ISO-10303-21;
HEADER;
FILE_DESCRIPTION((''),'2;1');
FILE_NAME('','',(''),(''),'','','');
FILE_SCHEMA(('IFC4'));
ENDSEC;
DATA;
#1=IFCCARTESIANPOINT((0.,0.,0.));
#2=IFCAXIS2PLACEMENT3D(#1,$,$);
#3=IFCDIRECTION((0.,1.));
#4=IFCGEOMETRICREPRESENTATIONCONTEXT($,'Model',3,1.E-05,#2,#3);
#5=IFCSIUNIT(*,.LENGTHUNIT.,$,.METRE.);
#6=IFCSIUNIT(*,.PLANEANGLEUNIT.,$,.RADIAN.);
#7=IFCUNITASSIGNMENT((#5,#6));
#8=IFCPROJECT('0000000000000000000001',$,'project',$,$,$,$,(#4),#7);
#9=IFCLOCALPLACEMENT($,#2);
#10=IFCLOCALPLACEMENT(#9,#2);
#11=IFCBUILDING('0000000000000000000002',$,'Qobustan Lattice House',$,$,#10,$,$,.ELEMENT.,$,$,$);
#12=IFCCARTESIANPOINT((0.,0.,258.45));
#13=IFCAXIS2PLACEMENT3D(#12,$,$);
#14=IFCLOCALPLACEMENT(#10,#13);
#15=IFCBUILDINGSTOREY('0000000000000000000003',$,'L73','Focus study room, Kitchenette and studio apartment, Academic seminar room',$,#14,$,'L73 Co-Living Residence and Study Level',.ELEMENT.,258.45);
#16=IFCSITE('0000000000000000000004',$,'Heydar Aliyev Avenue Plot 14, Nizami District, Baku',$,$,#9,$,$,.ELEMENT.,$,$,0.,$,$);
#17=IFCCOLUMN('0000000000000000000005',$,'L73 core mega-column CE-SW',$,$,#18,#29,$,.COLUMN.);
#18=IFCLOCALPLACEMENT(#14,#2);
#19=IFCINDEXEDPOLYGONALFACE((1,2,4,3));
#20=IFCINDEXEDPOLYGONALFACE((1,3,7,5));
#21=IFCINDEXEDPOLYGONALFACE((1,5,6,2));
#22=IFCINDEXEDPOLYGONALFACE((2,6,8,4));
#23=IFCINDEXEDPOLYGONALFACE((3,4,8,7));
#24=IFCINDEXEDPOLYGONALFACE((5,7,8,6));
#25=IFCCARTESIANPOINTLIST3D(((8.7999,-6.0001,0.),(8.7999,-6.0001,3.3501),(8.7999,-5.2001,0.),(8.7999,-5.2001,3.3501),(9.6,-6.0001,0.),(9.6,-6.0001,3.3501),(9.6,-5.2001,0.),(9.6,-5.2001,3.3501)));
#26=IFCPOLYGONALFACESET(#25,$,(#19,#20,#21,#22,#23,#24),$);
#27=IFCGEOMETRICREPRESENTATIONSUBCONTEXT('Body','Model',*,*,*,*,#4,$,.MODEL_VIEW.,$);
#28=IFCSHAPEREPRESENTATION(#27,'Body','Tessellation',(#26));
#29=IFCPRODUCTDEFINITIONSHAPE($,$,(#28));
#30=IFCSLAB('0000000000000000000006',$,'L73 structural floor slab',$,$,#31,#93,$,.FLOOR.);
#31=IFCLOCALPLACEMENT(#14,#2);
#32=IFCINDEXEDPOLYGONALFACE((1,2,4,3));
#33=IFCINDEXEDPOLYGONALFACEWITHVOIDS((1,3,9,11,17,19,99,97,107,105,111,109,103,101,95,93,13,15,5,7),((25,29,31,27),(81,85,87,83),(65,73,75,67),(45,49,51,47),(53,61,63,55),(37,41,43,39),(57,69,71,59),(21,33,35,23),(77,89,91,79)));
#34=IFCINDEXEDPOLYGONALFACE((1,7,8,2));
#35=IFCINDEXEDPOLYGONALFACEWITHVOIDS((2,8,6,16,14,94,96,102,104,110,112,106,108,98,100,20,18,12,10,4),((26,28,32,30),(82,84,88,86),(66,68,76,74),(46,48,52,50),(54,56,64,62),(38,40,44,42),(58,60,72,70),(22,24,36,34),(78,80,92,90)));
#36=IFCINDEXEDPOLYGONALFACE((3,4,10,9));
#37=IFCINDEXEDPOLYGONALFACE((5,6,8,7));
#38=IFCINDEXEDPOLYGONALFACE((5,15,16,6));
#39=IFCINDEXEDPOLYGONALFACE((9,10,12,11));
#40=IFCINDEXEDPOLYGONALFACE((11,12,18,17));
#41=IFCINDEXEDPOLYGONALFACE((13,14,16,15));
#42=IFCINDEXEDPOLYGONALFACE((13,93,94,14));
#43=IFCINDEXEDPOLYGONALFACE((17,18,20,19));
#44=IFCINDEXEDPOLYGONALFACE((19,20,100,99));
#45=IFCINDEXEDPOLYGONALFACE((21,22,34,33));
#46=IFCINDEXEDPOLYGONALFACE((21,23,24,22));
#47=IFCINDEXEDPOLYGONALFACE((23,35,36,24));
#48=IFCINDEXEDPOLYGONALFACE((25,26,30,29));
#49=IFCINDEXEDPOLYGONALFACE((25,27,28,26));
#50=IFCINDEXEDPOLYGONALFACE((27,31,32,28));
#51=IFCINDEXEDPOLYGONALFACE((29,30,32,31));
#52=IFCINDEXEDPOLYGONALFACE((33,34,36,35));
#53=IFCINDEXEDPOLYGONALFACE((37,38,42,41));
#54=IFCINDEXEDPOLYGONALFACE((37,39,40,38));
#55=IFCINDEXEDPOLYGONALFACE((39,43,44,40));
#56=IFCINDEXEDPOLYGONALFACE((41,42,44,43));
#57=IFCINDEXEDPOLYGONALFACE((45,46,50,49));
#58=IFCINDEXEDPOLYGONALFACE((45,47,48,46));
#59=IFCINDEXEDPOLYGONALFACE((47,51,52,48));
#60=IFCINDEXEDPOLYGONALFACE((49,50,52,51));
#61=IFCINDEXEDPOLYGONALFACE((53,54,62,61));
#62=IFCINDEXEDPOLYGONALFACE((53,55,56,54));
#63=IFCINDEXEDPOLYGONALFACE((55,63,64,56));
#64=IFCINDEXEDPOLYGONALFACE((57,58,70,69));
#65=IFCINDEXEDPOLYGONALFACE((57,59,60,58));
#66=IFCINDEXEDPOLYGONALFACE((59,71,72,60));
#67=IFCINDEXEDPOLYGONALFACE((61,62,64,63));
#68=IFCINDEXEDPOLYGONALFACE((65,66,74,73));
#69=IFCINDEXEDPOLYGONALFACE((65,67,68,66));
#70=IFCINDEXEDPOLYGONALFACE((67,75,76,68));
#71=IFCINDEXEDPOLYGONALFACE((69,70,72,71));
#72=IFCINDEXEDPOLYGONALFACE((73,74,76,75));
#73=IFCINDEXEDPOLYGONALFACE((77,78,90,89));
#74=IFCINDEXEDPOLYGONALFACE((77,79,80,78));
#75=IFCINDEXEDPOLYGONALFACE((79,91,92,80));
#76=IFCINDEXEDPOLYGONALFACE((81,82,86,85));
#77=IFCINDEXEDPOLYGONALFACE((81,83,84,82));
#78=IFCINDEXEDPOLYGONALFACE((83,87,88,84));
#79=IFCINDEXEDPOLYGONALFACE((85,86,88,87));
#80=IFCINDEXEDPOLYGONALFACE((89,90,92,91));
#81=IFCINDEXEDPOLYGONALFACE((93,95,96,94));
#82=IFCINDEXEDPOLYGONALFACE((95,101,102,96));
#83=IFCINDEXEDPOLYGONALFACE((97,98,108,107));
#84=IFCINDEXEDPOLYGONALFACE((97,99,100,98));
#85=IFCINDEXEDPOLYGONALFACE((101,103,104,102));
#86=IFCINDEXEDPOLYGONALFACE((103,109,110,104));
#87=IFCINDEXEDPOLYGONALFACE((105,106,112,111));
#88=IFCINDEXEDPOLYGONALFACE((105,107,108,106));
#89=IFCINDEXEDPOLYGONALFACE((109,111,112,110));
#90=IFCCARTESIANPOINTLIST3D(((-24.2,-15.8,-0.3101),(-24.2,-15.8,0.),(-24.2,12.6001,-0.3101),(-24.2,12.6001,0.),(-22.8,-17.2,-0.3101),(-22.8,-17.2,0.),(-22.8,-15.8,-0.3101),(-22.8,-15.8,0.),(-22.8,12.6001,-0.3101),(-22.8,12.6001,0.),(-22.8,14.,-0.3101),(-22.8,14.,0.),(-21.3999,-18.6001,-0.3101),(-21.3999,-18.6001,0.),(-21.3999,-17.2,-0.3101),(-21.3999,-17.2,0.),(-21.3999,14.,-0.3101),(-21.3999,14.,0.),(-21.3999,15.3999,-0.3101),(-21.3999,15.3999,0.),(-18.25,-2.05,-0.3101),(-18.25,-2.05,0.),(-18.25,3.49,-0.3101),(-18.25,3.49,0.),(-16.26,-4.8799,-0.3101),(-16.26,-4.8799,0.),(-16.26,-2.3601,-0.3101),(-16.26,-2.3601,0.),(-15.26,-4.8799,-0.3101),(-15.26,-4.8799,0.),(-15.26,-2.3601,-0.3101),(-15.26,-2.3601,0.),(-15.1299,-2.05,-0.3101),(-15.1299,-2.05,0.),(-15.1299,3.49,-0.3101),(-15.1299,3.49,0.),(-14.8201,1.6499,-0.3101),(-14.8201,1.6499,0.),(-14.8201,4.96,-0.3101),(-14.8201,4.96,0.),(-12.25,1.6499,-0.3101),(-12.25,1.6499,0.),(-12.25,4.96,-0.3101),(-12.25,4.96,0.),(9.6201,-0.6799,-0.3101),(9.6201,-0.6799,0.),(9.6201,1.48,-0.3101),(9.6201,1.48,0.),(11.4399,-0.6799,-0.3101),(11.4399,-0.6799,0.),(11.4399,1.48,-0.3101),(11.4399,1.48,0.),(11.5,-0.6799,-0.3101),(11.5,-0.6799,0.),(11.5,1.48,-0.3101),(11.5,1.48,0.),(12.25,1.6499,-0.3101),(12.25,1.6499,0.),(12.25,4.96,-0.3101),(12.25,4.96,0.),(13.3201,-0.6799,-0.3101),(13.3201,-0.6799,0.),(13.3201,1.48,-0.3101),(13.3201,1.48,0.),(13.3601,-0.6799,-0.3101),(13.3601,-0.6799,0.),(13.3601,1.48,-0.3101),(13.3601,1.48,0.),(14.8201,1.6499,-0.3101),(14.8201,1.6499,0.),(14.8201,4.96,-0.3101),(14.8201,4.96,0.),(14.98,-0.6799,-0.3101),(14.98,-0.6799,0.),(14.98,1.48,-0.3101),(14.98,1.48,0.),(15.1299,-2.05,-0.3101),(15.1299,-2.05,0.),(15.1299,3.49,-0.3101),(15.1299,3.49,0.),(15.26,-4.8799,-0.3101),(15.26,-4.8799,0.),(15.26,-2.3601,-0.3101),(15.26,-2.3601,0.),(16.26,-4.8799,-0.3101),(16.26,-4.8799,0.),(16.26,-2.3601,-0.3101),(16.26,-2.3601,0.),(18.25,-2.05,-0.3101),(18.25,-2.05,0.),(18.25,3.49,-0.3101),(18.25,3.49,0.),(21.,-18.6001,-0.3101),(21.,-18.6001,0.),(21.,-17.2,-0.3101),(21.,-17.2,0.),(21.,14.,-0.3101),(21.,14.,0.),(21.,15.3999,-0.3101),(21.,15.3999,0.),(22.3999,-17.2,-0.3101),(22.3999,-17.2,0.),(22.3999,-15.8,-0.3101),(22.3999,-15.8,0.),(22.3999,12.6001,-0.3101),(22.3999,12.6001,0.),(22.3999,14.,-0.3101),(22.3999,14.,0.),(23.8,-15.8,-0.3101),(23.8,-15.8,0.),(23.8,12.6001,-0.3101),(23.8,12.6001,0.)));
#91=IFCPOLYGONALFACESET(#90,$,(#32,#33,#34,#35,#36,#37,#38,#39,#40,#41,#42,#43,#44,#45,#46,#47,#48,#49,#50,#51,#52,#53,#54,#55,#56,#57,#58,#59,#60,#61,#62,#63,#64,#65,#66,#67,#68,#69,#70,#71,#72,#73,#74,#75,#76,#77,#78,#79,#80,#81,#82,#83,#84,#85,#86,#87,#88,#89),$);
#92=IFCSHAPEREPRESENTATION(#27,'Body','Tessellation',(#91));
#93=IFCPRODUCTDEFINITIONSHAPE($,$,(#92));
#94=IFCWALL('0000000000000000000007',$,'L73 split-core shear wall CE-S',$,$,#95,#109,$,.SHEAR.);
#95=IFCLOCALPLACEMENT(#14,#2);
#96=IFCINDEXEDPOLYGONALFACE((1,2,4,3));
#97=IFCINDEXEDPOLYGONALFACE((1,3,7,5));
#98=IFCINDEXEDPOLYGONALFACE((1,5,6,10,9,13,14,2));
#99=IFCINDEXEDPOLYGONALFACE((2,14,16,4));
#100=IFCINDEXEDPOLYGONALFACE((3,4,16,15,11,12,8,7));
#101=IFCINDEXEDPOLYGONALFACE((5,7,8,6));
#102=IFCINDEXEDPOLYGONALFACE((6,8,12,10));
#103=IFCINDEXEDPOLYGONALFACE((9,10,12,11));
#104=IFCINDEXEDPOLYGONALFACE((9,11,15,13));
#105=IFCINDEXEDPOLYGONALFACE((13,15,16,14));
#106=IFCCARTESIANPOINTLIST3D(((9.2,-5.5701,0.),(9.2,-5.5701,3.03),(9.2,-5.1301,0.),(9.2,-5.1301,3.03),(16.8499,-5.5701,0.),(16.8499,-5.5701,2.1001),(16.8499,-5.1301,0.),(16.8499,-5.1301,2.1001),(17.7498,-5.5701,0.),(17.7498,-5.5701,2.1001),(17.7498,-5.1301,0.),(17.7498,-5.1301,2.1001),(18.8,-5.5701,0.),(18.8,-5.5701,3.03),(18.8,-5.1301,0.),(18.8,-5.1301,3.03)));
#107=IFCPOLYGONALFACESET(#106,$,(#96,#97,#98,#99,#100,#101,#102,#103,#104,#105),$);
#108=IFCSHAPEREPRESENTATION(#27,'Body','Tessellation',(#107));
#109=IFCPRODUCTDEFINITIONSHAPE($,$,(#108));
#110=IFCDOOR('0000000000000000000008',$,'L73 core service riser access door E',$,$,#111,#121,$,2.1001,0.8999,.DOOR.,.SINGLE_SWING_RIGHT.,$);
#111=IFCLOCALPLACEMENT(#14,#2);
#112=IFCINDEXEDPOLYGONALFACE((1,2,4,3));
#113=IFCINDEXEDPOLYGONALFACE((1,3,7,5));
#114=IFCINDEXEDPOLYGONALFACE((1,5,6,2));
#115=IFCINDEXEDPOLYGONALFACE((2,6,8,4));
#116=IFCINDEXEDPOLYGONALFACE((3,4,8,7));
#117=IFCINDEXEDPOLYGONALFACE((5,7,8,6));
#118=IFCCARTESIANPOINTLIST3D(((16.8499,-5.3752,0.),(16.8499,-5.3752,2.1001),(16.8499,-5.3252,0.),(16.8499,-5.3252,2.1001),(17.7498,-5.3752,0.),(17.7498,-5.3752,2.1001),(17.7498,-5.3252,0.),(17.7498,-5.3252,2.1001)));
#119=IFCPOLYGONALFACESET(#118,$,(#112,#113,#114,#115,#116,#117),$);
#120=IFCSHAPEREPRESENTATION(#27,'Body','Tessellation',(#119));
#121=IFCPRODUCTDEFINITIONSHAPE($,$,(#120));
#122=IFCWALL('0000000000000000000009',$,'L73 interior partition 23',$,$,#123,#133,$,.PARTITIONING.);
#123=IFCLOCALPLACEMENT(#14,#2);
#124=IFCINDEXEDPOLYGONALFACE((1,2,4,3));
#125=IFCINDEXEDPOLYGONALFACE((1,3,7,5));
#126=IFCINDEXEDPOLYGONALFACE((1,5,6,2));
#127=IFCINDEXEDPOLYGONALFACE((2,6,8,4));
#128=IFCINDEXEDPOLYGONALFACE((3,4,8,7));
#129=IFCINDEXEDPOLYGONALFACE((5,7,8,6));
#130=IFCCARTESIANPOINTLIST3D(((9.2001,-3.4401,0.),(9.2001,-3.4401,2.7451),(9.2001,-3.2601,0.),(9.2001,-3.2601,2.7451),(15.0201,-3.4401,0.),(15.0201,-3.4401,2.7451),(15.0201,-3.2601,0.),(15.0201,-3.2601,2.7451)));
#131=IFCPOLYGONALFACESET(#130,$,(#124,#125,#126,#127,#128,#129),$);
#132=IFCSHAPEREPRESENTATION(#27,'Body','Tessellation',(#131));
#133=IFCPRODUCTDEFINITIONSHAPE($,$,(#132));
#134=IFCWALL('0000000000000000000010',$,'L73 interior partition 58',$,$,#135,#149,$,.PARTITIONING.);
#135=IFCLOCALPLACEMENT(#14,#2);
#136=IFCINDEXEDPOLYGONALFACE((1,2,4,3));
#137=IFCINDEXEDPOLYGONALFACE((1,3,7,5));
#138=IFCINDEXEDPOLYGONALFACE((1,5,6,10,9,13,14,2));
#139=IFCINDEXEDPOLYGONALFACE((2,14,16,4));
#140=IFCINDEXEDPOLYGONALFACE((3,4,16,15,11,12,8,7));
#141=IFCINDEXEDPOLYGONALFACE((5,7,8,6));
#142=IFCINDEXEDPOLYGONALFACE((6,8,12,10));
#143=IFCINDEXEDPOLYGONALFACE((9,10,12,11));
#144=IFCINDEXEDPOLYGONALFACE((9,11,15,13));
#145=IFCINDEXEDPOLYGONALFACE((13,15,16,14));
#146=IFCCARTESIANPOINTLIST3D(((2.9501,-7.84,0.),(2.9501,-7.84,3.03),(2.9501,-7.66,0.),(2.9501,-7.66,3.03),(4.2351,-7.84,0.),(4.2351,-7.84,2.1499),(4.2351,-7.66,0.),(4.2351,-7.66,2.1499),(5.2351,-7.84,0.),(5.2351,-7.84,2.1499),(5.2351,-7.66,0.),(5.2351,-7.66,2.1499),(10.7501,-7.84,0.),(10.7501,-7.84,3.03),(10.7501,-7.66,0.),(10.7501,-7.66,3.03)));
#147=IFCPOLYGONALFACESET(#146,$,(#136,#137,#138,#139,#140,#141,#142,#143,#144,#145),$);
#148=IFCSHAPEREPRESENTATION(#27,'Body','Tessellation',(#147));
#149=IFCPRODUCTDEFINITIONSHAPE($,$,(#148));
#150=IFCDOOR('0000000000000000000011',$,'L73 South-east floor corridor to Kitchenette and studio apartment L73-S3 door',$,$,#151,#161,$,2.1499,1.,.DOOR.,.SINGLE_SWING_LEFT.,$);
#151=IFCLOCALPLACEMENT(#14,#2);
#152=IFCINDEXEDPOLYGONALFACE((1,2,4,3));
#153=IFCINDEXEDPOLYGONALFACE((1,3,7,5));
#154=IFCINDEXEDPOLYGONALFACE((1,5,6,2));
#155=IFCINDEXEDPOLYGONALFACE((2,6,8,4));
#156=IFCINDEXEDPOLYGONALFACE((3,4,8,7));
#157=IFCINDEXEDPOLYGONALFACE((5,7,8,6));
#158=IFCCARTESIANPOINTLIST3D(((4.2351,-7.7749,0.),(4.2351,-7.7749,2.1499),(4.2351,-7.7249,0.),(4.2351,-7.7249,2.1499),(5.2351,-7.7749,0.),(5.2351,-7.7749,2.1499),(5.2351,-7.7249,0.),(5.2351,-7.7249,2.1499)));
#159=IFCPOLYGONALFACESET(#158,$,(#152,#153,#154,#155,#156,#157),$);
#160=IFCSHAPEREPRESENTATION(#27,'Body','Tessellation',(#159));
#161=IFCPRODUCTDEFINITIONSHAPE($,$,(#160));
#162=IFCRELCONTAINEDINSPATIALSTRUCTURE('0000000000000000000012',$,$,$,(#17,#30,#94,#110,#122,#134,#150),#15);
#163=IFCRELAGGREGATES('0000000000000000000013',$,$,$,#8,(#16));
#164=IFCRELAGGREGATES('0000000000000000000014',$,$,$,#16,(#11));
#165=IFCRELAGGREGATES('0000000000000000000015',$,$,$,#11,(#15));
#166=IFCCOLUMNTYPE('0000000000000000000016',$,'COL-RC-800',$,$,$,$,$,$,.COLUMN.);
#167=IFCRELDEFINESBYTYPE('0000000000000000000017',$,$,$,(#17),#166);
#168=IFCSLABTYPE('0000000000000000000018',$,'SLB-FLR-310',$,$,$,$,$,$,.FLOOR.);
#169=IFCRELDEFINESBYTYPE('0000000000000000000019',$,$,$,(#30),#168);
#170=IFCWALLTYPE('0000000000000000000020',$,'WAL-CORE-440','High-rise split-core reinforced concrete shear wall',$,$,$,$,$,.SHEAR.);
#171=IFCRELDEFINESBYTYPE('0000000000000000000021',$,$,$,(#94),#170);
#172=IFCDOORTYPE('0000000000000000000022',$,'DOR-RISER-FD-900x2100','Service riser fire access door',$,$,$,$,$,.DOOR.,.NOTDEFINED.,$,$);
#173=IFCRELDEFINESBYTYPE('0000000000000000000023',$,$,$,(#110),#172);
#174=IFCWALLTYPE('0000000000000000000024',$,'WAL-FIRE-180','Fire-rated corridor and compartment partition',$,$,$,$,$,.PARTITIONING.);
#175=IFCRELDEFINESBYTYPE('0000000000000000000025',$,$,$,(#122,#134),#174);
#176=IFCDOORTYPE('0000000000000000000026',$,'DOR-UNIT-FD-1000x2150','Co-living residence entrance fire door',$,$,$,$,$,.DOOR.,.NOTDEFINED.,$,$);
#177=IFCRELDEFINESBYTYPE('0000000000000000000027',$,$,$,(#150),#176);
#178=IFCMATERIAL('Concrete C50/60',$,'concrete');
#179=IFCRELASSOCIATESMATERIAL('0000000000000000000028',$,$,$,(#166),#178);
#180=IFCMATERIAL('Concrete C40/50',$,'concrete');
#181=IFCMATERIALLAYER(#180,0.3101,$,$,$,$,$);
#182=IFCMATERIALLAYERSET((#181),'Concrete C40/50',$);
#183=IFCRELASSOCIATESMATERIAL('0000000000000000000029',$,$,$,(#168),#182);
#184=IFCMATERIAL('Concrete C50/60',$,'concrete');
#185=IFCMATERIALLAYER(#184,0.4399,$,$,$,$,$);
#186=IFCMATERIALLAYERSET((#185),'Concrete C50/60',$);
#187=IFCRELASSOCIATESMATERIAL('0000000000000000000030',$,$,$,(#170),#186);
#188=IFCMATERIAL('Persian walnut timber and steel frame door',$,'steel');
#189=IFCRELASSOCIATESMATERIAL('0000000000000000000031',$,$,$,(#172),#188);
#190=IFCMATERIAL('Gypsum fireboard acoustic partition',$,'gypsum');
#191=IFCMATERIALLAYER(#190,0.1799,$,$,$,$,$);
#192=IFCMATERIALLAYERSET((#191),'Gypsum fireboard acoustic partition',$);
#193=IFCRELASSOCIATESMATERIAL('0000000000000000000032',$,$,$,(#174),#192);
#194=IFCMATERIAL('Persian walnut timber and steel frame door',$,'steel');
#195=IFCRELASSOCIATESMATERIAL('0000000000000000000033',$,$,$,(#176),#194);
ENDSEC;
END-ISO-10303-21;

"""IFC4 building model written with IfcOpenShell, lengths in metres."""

from ifc_helpers import new_model, si_unit, direction, frame, frame_2d, origin, origin_2d, place, context, subcontext, project, spatial, polyline, rectangle, outline, extrude, material, layer, layer_set, material_profile, profile_set, type_object, element, fill, save


model = new_model("IFC4")

# Units and contexts
model_context = context("Model", 3, precision=1e-05, world=origin(), true_north=direction((0.0, 1.0)))
body_context = subcontext(model_context, "Body", "Model", "MODEL_VIEW")
ifc_project = project(units=[si_unit("LENGTHUNIT", "METRE"), si_unit("PLANEANGLEUNIT", "RADIAN")], contexts=[model_context])

# Site, building, storey
site_placement = place(None, origin())
site = spatial("IfcSite", under=ifc_project, at=site_placement, Name="Heydar Aliyev Avenue Plot 14, Nizami District, Baku", CompositionType="ELEMENT", RefElevation=0.0)
building_placement = place(site_placement, origin())
building = spatial("IfcBuilding", under=site, at=building_placement, Name="Qobustan Lattice House", CompositionType="ELEMENT")
storey_placement = place(building_placement, frame((0.0, 0.0, 258.45)))
storey = spatial("IfcBuildingStorey", under=building, at=storey_placement, Name="L73", Description="Focus study room, Kitchenette and studio apartment, Academic seminar room", LongName="L73 Co-Living Residence and Study Level", CompositionType="ELEMENT", Elevation=258.45)

# Column
ifc_material_1 = material(Name="Concrete C50/60", Category="concrete")
ifc_material_profile = material_profile(ifc_material_1, rectangle(XDim=0.8, YDim=0.8, at=origin_2d()), Name="RC800x800")
ifc_profile_set = profile_set([ifc_material_profile], Name="Concrete C50/60")
column_type = type_object("IfcColumnType", Name="COL-RC-800", PredefinedType="COLUMN", material=ifc_profile_set)
column_placement = place(storey_placement, frame((9.2, -5.6001, 0.0), z_axis=(0.0, 0.0, 1.0), x_axis=(1.0, 0.0, 0.0)))
element("IfcColumn", 1, at=column_placement, inside=storey, type_object=column_type, Name="L73 core mega-column CE-SW", PredefinedType="COLUMN", context=body_context, shape_type="SweptSolid", body=[
    extrude(rectangle(XDim=0.8, YDim=0.8, at=origin_2d()), origin(), (0.0, 0.0, 1.0), 3.3501),
])

# Slab
ifc_material_2 = material(Name="Concrete C40/50", Category="concrete")
ifc_layer_1 = layer(ifc_material_2, 0.3101)
ifc_layer_set_1 = layer_set([ifc_layer_1], Name="Concrete C40/50")
slab_type = type_object("IfcSlabType", Name="SLB-FLR-310", PredefinedType="FLOOR", material=ifc_layer_set_1)
slab_placement = place(storey_placement, frame((0.0, 0.0, -0.3101)))
element("IfcSlab", 2, at=slab_placement, inside=storey, type_object=slab_type, Name="L73 structural floor slab", PredefinedType="FLOOR", context=body_context, shape_type="SweptSolid", body=[
    extrude(outline(polyline([(-21.3999, -18.6001), (21.0, -18.6001), (21.0, -17.2), (22.3999, -17.2), (22.3999, -15.8), (23.8, -15.8), (23.8, 12.6001), (22.3999, 12.6001), (22.3999, 14.0), (21.0, 14.0), (21.0, 15.3999), (-21.3999, 15.3999), (-21.3999, 14.0), (-22.8, 14.0), (-22.8, 12.6001), (-24.2, 12.6001), (-24.2, -15.8), (-22.8, -15.8), (-22.8, -17.2), (-21.3999, -17.2), (-21.3999, -18.6001)]), holes=[polyline([(-18.25, -2.05), (-18.25, 3.49), (-15.1299, 3.49), (-15.1299, -2.05), (-18.25, -2.05)]), polyline([(15.1299, -2.05), (15.1299, 3.49), (18.25, 3.49), (18.25, -2.05), (15.1299, -2.05)]), polyline([(-14.8201, 1.6499), (-14.8201, 4.96), (-12.25, 4.96), (-12.25, 1.6499), (-14.8201, 1.6499)]), polyline([(12.25, 1.6499), (12.25, 4.96), (14.8201, 4.96), (14.8201, 1.6499), (12.25, 1.6499)]), polyline([(-16.26, -4.8799), (-16.26, -2.3601), (-15.26, -2.3601), (-15.26, -4.8799), (-16.26, -4.8799)]), polyline([(15.26, -4.8799), (15.26, -2.3601), (16.26, -2.3601), (16.26, -4.8799), (15.26, -4.8799)]), polyline([(13.3601, -0.6799), (13.3601, 1.48), (14.98, 1.48), (14.98, -0.6799), (13.3601, -0.6799)]), polyline([(9.6201, -0.6799), (9.6201, 1.48), (11.4399, 1.48), (11.4399, -0.6799), (9.6201, -0.6799)]), polyline([(11.5, -0.6799), (11.5, 1.48), (13.3201, 1.48), (13.3201, -0.6799), (11.5, -0.6799)])]), origin(), (0.0, 0.0, 1.0), 0.3101),
])

# Wall, opening, door
ifc_material_3 = material(Name="Concrete C50/60", Category="concrete")
ifc_layer_2 = layer(ifc_material_3, 0.4399)
ifc_layer_set_2 = layer_set([ifc_layer_2], Name="Concrete C50/60")
wall_type_1 = type_object("IfcWallType", Name="WAL-CORE-440", Description="High-rise split-core reinforced concrete shear wall", PredefinedType="SHEAR", material=ifc_layer_set_2)
wall_1_placement = place(storey_placement, frame((9.2, -5.3501, 0.0), z_axis=(0.0, 0.0, 1.0), x_axis=(1.0, 0.0, 0.0)))
wall_1 = element("IfcWall", 3, at=wall_1_placement, inside=storey, type_object=wall_type_1, Name="L73 split-core shear wall CE-S", PredefinedType="SHEAR", context=body_context, shape_type="SweptSolid", body=[
    extrude(rectangle(XDim=9.6001, YDim=0.4399, at=frame_2d((4.8, 0.0))), origin(), (0.0, 0.0, 1.0), 3.03),
])
opening_1_placement = place(wall_1_placement, frame((7.6499, 0.0, 0.0)))
opening_1 = element("IfcOpeningElement", 4, at=opening_1_placement, cuts=wall_1, PredefinedType="OPENING", context=body_context, shape_type="SweptSolid", body=[
    extrude(rectangle(XDim=0.8999, YDim=2.1001, at=frame_2d((0.45, 1.05))), frame((0.0, 0.23, 0.0), z_axis=(0.0, -1.0, 0.0), x_axis=(1.0, 0.0, 0.0)), (0.0, 0.0, 1.0), 0.46),
])
ifc_material_4 = material(Name="Persian walnut timber and steel frame door", Category="steel")
door_type_1 = type_object("IfcDoorType", Name="DOR-RISER-FD-900x2100", Description="Service riser fire access door", OperationType="NOTDEFINED", PredefinedType="DOOR", material=ifc_material_4)
door_1_placement = place(opening_1_placement, origin())
door_1 = element("IfcDoor", 5, at=door_1_placement, inside=storey, type_object=door_type_1, Name="L73 core service riser access door E", OperationType="SINGLE_SWING_RIGHT", OverallHeight=2.1001, OverallWidth=0.8999, PredefinedType="DOOR", context=body_context, shape_type="SweptSolid", body=[
    extrude(rectangle(XDim=0.8999, YDim=2.1001, at=frame_2d((0.45, 1.05))), frame((0.0, 0.0249, 0.0), z_axis=(0.0, -1.0, 0.0), x_axis=(1.0, 0.0, 0.0)), (0.0, 0.0, 1.0), 0.05),
])
fill(opening_1, door_1)

# Wall
ifc_material_5 = material(Name="Gypsum fireboard acoustic partition", Category="gypsum")
ifc_layer_3 = layer(ifc_material_5, 0.1799)
ifc_layer_set_3 = layer_set([ifc_layer_3], Name="Gypsum fireboard acoustic partition")
wall_type_2 = type_object("IfcWallType", Name="WAL-FIRE-180", Description="Fire-rated corridor and compartment partition", PredefinedType="PARTITIONING", material=ifc_layer_set_3)
wall_2_placement = place(storey_placement, frame((9.2, -3.3501, 0.0), z_axis=(0.0, 0.0, 1.0), x_axis=(1.0, 0.0, 0.0)))
element("IfcWall", 6, at=wall_2_placement, inside=storey, type_object=wall_type_2, Name="L73 interior partition 23", PredefinedType="PARTITIONING", context=body_context, shape_type="SweptSolid", body=[
    extrude(rectangle(XDim=5.8201, YDim=0.1799, at=frame_2d((2.9102, 0.0))), origin(), (0.0, 0.0, 1.0), 2.7451),
])

# Wall, opening, door
wall_3_placement = place(storey_placement, frame((10.75, -7.75, 0.0), z_axis=(0.0, 0.0, 1.0), x_axis=(-1.0, 0.0, 0.0)))
wall_3 = element("IfcWall", 7, at=wall_3_placement, inside=storey, type_object=wall_type_2, Name="L73 interior partition 58", PredefinedType="PARTITIONING", context=body_context, shape_type="SweptSolid", body=[
    extrude(rectangle(XDim=7.8, YDim=0.1799, at=frame_2d((3.8999, 0.0))), origin(), (0.0, 0.0, 1.0), 3.03),
])
opening_2_placement = place(wall_3_placement, frame((5.5149, 0.0, 0.0)))
opening_2 = element("IfcOpeningElement", 8, at=opening_2_placement, cuts=wall_3, PredefinedType="OPENING", context=body_context, shape_type="SweptSolid", body=[
    extrude(rectangle(XDim=1.0, YDim=2.1499, at=frame_2d((0.5, 1.075))), frame((0.0, 0.0999, 0.0), z_axis=(0.0, -1.0, 0.0), x_axis=(1.0, 0.0, 0.0)), (0.0, 0.0, 1.0), 0.2),
])
ifc_material_6 = material(Name="Persian walnut timber and steel frame door", Category="steel")
door_type_2 = type_object("IfcDoorType", Name="DOR-UNIT-FD-1000x2150", Description="Co-living residence entrance fire door", OperationType="NOTDEFINED", PredefinedType="DOOR", material=ifc_material_6)
door_2_placement = place(opening_2_placement, origin())
door_2 = element("IfcDoor", 9, at=door_2_placement, inside=storey, type_object=door_type_2, Name="L73 South-east floor corridor to Kitchenette and studio apartment L73-S3 door", OperationType="SINGLE_SWING_LEFT", OverallHeight=2.1499, OverallWidth=1.0, PredefinedType="DOOR", context=body_context, shape_type="SweptSolid", body=[
    extrude(rectangle(XDim=1.0, YDim=2.1499, at=frame_2d((0.5, 1.075))), frame((0.0, 0.0249, 0.0), z_axis=(0.0, -1.0, 0.0), x_axis=(1.0, 0.0, 0.0)), (0.0, 0.0, 1.0), 0.05),
])
fill(opening_2, door_2)

save(model, "model.ifc")
